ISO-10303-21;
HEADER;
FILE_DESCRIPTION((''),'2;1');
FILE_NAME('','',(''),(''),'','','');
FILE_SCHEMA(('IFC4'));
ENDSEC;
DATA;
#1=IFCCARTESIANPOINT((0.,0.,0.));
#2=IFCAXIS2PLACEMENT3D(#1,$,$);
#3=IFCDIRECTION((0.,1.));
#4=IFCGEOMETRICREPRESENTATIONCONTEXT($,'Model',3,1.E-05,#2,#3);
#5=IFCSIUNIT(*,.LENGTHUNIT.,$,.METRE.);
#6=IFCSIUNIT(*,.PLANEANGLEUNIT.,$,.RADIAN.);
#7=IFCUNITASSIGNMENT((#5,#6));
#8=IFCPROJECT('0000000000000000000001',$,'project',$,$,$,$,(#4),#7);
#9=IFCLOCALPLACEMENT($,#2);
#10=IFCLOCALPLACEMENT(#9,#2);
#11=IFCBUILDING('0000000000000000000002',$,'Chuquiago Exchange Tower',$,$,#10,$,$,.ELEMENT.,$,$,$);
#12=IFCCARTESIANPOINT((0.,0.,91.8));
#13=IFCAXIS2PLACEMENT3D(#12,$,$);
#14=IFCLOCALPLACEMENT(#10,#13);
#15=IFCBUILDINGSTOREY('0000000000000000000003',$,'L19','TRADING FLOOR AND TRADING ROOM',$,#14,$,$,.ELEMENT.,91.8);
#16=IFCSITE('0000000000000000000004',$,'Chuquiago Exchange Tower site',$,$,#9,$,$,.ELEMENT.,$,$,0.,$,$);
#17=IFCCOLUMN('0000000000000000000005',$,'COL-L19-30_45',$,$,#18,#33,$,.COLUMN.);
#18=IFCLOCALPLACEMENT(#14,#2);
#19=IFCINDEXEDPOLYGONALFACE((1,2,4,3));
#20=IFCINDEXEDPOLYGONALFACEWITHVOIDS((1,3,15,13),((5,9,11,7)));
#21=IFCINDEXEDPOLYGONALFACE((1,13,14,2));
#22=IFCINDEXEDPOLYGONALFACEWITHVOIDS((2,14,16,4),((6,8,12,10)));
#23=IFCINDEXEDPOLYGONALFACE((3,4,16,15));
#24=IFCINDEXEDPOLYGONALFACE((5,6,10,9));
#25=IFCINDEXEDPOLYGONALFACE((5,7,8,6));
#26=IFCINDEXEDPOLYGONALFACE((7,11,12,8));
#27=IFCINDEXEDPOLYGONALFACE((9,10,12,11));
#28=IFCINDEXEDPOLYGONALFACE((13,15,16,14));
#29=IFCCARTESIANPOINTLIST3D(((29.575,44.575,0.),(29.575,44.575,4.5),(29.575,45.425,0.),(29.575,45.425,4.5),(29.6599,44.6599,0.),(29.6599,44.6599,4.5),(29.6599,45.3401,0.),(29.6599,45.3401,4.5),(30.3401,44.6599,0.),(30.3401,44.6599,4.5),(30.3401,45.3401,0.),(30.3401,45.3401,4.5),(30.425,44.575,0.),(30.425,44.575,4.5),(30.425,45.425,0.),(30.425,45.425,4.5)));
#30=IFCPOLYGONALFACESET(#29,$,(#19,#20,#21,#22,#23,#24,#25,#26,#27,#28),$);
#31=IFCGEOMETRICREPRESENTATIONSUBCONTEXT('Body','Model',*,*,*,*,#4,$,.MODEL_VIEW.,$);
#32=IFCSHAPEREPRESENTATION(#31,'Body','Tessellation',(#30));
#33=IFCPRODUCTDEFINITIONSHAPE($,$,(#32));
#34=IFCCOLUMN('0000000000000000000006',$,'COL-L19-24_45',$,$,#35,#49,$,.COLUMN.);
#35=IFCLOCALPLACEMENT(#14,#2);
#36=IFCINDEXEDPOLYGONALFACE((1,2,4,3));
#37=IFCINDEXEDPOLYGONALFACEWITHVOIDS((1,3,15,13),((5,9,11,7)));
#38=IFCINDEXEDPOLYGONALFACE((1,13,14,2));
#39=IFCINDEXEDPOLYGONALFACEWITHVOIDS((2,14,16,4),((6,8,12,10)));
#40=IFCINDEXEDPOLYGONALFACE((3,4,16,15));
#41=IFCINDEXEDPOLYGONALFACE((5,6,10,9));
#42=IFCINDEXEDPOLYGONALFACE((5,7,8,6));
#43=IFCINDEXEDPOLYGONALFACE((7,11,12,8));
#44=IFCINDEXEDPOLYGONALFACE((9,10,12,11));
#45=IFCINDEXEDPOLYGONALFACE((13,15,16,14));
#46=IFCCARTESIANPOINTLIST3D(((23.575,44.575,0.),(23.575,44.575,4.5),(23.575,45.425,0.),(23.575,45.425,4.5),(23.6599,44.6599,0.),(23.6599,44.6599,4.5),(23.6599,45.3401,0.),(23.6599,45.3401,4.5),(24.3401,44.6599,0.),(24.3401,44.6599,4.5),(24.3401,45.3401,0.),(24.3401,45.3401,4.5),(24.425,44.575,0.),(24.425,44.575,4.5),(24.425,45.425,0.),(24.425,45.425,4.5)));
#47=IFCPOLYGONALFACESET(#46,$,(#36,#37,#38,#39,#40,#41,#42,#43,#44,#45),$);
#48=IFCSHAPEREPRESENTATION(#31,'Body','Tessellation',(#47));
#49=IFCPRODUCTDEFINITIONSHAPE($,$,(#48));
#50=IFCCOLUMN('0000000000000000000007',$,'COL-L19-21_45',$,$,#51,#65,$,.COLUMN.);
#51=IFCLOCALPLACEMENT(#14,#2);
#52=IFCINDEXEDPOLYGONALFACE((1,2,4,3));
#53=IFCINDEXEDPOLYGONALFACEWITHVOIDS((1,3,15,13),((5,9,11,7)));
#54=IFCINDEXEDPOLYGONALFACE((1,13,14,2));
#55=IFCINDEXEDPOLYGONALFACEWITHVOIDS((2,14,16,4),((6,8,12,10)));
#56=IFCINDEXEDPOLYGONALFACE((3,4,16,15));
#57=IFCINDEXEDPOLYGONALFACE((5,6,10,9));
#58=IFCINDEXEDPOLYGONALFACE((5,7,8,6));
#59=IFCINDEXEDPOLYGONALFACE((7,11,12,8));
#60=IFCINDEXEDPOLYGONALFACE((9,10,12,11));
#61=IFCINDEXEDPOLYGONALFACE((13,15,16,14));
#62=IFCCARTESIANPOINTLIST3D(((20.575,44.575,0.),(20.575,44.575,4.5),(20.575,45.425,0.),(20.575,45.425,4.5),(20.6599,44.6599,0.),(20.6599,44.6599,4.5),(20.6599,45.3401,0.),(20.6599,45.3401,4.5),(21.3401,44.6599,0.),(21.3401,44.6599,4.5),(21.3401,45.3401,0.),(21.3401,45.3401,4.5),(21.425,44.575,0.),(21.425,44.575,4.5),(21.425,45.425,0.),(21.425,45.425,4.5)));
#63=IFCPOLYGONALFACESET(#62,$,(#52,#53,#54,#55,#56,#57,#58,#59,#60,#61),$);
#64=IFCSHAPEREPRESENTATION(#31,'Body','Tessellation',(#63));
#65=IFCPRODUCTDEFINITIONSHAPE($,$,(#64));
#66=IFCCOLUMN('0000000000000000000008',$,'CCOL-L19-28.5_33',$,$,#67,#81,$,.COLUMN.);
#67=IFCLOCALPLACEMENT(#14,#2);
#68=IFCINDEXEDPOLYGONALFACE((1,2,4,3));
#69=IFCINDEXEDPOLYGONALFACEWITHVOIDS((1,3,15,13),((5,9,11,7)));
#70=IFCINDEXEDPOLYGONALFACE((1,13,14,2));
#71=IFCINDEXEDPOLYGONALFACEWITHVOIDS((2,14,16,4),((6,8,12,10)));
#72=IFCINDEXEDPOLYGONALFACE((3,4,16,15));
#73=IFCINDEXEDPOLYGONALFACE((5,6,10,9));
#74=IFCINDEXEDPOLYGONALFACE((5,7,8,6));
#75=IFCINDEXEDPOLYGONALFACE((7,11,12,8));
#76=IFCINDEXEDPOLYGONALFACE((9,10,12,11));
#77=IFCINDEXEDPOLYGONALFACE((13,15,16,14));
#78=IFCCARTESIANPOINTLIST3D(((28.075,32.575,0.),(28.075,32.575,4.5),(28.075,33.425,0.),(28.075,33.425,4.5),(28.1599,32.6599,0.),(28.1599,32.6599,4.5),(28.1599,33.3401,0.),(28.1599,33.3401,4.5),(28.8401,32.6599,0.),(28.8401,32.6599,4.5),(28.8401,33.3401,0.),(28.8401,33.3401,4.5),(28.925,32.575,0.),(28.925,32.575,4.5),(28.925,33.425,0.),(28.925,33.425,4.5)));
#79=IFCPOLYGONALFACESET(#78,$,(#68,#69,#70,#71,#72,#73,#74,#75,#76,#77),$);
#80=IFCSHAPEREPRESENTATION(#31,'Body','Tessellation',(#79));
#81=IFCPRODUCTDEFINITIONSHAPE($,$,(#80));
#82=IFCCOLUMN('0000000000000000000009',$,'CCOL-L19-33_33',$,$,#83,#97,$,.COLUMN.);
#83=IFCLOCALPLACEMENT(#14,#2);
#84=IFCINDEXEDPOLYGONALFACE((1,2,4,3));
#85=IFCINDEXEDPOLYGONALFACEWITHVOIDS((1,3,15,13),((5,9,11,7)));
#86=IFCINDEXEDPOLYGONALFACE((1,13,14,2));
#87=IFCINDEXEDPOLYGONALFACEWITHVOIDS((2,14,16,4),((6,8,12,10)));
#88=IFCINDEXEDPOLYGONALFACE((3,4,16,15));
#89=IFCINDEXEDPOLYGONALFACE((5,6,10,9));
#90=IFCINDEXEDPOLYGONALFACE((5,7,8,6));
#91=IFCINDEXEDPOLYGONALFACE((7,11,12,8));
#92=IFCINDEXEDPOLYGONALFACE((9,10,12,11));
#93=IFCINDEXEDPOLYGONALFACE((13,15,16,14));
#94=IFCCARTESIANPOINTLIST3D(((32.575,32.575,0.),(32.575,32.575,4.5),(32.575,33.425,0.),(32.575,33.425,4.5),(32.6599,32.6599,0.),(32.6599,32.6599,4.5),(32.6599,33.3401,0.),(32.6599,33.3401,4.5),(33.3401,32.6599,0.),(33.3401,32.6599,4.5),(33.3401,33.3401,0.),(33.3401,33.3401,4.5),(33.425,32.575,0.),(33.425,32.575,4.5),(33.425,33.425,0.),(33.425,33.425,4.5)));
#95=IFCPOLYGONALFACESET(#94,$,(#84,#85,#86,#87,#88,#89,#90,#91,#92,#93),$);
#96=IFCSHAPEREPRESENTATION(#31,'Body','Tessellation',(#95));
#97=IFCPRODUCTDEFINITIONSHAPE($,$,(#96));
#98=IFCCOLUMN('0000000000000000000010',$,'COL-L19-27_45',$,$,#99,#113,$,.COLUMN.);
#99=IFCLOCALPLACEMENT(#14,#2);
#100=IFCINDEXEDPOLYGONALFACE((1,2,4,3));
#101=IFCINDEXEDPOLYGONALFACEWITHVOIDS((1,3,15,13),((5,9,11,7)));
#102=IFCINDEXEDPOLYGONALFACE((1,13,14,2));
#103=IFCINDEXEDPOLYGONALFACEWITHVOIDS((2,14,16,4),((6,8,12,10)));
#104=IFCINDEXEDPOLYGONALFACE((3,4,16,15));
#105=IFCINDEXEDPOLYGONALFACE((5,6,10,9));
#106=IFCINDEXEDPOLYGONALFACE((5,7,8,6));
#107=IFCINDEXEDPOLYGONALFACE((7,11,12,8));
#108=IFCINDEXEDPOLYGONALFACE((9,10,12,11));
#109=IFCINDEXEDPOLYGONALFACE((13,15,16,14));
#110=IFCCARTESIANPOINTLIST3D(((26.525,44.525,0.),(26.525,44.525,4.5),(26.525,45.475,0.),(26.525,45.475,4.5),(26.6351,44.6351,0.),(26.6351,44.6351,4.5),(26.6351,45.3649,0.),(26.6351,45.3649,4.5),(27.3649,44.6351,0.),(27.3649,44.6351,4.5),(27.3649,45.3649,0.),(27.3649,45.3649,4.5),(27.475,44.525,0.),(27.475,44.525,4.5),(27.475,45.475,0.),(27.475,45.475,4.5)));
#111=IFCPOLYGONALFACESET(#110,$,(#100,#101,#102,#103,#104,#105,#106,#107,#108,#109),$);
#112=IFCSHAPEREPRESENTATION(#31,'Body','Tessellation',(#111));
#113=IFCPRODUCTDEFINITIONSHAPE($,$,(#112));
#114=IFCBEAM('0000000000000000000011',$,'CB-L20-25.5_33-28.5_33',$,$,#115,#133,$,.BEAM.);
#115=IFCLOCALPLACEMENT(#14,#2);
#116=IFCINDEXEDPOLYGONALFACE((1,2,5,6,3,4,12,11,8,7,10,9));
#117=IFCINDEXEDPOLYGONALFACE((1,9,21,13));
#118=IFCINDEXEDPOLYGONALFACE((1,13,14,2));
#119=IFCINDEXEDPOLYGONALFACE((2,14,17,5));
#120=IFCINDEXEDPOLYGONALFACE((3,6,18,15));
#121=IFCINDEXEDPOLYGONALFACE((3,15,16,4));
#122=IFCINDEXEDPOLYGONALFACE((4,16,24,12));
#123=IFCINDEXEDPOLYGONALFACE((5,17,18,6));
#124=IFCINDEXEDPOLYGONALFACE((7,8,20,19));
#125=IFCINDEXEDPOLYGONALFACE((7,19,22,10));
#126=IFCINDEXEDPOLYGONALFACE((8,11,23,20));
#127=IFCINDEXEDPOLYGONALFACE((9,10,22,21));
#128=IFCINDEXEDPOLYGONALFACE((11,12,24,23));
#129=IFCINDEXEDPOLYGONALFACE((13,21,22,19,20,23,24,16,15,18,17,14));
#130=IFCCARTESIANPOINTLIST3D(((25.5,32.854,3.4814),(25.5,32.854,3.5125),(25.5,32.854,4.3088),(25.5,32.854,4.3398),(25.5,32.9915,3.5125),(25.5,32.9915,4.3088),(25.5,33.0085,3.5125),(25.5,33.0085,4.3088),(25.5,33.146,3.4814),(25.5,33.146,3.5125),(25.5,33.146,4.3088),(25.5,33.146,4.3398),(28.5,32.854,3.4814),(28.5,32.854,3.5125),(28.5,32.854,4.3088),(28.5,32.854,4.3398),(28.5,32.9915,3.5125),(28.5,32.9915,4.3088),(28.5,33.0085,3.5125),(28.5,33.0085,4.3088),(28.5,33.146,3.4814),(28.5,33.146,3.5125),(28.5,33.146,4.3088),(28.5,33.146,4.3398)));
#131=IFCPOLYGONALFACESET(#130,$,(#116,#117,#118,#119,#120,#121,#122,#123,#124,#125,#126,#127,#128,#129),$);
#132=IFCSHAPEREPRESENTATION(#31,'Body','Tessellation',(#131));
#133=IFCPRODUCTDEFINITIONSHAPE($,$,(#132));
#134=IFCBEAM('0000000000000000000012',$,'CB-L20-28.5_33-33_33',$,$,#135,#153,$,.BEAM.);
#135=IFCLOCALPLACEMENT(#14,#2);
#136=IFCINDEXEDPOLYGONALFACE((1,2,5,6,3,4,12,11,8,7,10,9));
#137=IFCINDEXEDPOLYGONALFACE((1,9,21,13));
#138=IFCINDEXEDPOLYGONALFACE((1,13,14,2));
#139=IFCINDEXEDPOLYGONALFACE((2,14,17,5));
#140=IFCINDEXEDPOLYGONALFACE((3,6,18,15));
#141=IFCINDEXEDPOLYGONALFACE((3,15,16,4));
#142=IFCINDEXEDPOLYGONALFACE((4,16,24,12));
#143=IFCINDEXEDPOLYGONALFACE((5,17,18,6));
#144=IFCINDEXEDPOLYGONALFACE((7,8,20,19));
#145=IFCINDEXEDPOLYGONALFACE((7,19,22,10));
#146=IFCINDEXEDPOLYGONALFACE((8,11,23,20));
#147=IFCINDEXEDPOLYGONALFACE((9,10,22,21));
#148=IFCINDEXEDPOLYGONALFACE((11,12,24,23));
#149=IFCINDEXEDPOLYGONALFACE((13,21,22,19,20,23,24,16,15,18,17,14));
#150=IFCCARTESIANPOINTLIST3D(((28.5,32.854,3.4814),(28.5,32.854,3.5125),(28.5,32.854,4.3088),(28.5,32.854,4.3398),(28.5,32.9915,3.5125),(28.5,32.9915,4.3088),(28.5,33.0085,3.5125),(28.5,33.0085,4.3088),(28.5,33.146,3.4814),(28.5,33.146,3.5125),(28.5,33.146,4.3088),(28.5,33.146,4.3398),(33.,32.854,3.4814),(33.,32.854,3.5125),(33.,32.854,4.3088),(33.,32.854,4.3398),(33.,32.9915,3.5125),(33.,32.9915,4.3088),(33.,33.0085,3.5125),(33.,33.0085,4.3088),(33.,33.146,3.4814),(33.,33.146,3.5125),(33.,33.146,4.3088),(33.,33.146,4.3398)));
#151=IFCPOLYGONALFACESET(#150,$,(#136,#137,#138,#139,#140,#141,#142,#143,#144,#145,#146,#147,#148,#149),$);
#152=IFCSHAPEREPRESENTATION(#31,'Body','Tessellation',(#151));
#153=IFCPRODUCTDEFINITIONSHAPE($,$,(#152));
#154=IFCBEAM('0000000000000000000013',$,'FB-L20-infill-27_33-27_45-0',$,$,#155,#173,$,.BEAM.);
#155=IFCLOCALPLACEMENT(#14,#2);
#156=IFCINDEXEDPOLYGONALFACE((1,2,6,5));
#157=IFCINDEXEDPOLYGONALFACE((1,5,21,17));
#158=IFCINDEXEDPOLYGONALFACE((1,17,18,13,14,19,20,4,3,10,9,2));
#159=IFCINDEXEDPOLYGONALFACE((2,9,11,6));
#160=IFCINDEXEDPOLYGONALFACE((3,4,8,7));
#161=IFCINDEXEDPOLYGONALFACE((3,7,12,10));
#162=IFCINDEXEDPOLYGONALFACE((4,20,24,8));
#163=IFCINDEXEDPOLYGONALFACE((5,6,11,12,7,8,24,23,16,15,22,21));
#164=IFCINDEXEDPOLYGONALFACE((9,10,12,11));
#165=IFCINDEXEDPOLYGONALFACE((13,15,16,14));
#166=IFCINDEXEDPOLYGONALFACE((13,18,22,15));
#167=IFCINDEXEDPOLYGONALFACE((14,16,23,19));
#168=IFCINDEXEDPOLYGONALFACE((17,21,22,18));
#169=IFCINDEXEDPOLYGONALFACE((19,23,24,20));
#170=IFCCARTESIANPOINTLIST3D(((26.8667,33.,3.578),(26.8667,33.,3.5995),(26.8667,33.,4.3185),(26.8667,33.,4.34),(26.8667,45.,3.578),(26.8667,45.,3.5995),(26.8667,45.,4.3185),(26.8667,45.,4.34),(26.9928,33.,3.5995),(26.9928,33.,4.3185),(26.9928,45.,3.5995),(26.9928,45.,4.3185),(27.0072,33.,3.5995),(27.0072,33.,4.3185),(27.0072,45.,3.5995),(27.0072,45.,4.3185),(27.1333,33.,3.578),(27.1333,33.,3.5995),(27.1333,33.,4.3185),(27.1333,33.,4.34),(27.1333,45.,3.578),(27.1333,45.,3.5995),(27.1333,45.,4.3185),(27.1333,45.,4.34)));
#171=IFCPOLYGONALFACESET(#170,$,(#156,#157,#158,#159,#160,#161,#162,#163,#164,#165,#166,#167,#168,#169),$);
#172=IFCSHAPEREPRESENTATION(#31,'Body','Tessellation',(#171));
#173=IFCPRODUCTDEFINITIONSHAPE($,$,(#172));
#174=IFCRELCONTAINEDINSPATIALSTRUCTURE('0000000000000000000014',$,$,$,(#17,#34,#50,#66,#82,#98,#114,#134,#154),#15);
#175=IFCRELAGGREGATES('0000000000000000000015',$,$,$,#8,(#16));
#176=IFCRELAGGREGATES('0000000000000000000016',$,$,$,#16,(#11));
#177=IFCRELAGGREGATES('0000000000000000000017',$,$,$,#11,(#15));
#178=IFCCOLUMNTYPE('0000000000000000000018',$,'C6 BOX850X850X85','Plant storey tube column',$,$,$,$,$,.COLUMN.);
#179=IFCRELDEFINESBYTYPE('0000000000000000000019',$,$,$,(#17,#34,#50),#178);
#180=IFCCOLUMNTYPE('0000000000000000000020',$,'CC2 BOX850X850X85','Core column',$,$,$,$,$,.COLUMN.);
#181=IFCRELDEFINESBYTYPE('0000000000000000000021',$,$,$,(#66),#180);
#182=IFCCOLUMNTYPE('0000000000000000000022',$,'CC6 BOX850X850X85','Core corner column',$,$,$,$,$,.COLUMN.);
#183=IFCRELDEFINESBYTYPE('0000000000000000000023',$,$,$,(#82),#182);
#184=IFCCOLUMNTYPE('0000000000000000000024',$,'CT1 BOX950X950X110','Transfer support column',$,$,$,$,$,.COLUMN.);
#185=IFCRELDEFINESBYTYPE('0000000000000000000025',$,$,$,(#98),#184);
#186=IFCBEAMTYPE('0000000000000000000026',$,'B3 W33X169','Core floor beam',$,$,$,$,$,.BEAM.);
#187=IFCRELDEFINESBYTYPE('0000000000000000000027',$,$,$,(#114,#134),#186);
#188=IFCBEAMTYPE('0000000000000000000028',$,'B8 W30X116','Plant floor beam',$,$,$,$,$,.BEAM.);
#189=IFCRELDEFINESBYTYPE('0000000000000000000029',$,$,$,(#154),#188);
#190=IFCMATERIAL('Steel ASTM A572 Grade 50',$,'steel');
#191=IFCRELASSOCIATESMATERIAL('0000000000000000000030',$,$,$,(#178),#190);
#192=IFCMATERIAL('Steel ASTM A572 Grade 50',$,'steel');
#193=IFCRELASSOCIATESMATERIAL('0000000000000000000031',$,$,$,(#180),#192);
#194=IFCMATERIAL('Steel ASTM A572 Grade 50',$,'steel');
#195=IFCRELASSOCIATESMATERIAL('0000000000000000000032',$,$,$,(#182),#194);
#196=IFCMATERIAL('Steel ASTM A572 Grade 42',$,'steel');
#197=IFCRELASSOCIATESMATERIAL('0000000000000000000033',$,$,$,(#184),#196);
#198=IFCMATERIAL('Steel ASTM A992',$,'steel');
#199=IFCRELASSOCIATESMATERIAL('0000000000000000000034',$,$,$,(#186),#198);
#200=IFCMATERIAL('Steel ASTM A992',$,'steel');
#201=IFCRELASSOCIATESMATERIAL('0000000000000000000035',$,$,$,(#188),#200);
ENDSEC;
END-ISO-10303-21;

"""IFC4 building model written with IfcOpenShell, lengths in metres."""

from ifc_helpers import new_model, si_unit, direction, frame, origin, origin_2d, place, context, subcontext, project, spatial, hollow_rectangle, i_section, extrude, material, material_profile, profile_set, type_object, element, save


model = new_model("IFC4")

# Units and contexts
model_context = context("Model", 3, precision=1e-05, world=origin(), true_north=direction((0.0, 1.0)))
body_context = subcontext(model_context, "Body", "Model", "MODEL_VIEW")
ifc_project = project(units=[si_unit("LENGTHUNIT", "METRE"), si_unit("PLANEANGLEUNIT", "RADIAN")], contexts=[model_context])

# Site, building, storey
site_placement = place(None, origin())
site = spatial("IfcSite", under=ifc_project, at=site_placement, Name="Chuquiago Exchange Tower site", CompositionType="ELEMENT", RefElevation=0.0)
building_placement = place(site_placement, origin())
building = spatial("IfcBuilding", under=site, at=building_placement, Name="Chuquiago Exchange Tower", CompositionType="ELEMENT")
storey_placement = place(building_placement, frame((0.0, 0.0, 91.8)))
storey = spatial("IfcBuildingStorey", under=building, at=storey_placement, Name="L19", Description="TRADING FLOOR AND TRADING ROOM", CompositionType="ELEMENT", Elevation=91.8)

# Columns
ifc_material_1 = material(Name="Steel ASTM A572 Grade 50", Category="steel")
ifc_material_profile_1 = material_profile(ifc_material_1, hollow_rectangle(XDim=0.8501, YDim=0.8501, WallThickness=0.085, at=origin_2d()), Name="BOX850X850X85")
ifc_profile_set_1 = profile_set([ifc_material_profile_1], Name="Steel ASTM A572 Grade 50")
column_type_1 = type_object("IfcColumnType", Name="C6 BOX850X850X85", Description="Plant storey tube column", PredefinedType="COLUMN", material=ifc_profile_set_1)
for number, where, z_axis, x_axis, name in (
    (1, (30.0, 45.0, 0.0), (0.0, 0.0, 1.0), (0.0, 1.0, 0.0), "COL-L19-30_45"),
    (2, (24.0, 45.0, 0.0), (0.0, 0.0, 1.0), (0.0, 1.0, 0.0), "COL-L19-24_45"),
    (3, (21.0, 45.0, 0.0), (0.0, 0.0, 1.0), (0.0, 1.0, 0.0), "COL-L19-21_45"),
):
    element("IfcColumn", number, at=place(storey_placement, frame(where, z_axis=z_axis, x_axis=x_axis)), inside=storey, type_object=column_type_1, Name=name, PredefinedType="COLUMN", context=body_context, shape_type="SweptSolid", body=[
        extrude(hollow_rectangle(XDim=0.8501, YDim=0.8501, WallThickness=0.085, at=origin_2d()), origin(), (0.0, 0.0, 1.0), 4.5),
    ])
ifc_material_2 = material(Name="Steel ASTM A572 Grade 50", Category="steel")
ifc_material_profile_2 = material_profile(ifc_material_2, hollow_rectangle(XDim=0.8501, YDim=0.8501, WallThickness=0.085, at=origin_2d()), Name="BOX850X850X85")
ifc_profile_set_2 = profile_set([ifc_material_profile_2], Name="Steel ASTM A572 Grade 50")
column_type_2 = type_object("IfcColumnType", Name="CC2 BOX850X850X85", Description="Core column", PredefinedType="COLUMN", material=ifc_profile_set_2)
column_1_placement = place(storey_placement, frame((28.5, 33.0, 0.0), z_axis=(0.0, 0.0, 1.0), x_axis=(1.0, 0.0, 0.0)))
element("IfcColumn", 4, at=column_1_placement, inside=storey, type_object=column_type_2, Name="CCOL-L19-28.5_33", PredefinedType="COLUMN", context=body_context, shape_type="SweptSolid", body=[
    extrude(hollow_rectangle(XDim=0.8501, YDim=0.8501, WallThickness=0.085, at=origin_2d()), origin(), (0.0, 0.0, 1.0), 4.5),
])
ifc_material_3 = material(Name="Steel ASTM A572 Grade 50", Category="steel")
ifc_material_profile_3 = material_profile(ifc_material_3, hollow_rectangle(XDim=0.8501, YDim=0.8501, WallThickness=0.085, at=origin_2d()), Name="BOX850X850X85")
ifc_profile_set_3 = profile_set([ifc_material_profile_3], Name="Steel ASTM A572 Grade 50")
column_type_3 = type_object("IfcColumnType", Name="CC6 BOX850X850X85", Description="Core corner column", PredefinedType="COLUMN", material=ifc_profile_set_3)
column_2_placement = place(storey_placement, frame((33.0, 33.0, 0.0), z_axis=(0.0, 0.0, 1.0), x_axis=(1.0, 0.0, 0.0)))
element("IfcColumn", 5, at=column_2_placement, inside=storey, type_object=column_type_3, Name="CCOL-L19-33_33", PredefinedType="COLUMN", context=body_context, shape_type="SweptSolid", body=[
    extrude(hollow_rectangle(XDim=0.8501, YDim=0.8501, WallThickness=0.085, at=origin_2d()), origin(), (0.0, 0.0, 1.0), 4.5),
])
ifc_material_4 = material(Name="Steel ASTM A572 Grade 42", Category="steel")
ifc_material_profile_4 = material_profile(ifc_material_4, hollow_rectangle(XDim=0.95, YDim=0.95, WallThickness=0.1101, at=origin_2d()), Name="BOX950X950X110")
ifc_profile_set_4 = profile_set([ifc_material_profile_4], Name="Steel ASTM A572 Grade 42")
column_type_4 = type_object("IfcColumnType", Name="CT1 BOX950X950X110", Description="Transfer support column", PredefinedType="COLUMN", material=ifc_profile_set_4)
column_3_placement = place(storey_placement, frame((27.0, 45.0, 0.0), z_axis=(0.0, 0.0, 1.0), x_axis=(0.0, 1.0, 0.0)))
element("IfcColumn", 6, at=column_3_placement, inside=storey, type_object=column_type_4, Name="COL-L19-27_45", PredefinedType="COLUMN", context=body_context, shape_type="SweptSolid", body=[
    extrude(hollow_rectangle(XDim=0.95, YDim=0.95, WallThickness=0.1101, at=origin_2d()), origin(), (0.0, 0.0, 1.0), 4.5),
])

# Beams
ifc_material_5 = material(Name="Steel ASTM A992", Category="steel")
ifc_material_profile_5 = material_profile(ifc_material_5, i_section(OverallWidth=0.292, OverallDepth=0.8584, WebThickness=0.0171, FlangeThickness=0.031, at=origin_2d()), Name="W33X169")
ifc_profile_set_5 = profile_set([ifc_material_profile_5], Name="Steel ASTM A992")
beam_type_1 = type_object("IfcBeamType", Name="B3 W33X169", Description="Core floor beam", PredefinedType="BEAM", material=ifc_profile_set_5)
beam_1_placement = place(storey_placement, frame((25.5, 33.0, 3.9106), z_axis=(1.0, 0.0, 0.0), x_axis=(0.0, 1.0, 0.0)))
element("IfcBeam", 7, at=beam_1_placement, inside=storey, type_object=beam_type_1, Name="CB-L20-25.5_33-28.5_33", PredefinedType="BEAM", context=body_context, shape_type="SweptSolid", body=[
    extrude(i_section(OverallWidth=0.292, OverallDepth=0.8584, WebThickness=0.0171, FlangeThickness=0.031, at=origin_2d()), origin(), (0.0, 0.0, 1.0), 3.0),
])
beam_2_placement = place(storey_placement, frame((28.5, 33.0, 3.9106), z_axis=(1.0, 0.0, 0.0), x_axis=(0.0, 1.0, 0.0)))
element("IfcBeam", 8, at=beam_2_placement, inside=storey, type_object=beam_type_1, Name="CB-L20-28.5_33-33_33", PredefinedType="BEAM", context=body_context, shape_type="SweptSolid", body=[
    extrude(i_section(OverallWidth=0.292, OverallDepth=0.8584, WebThickness=0.0171, FlangeThickness=0.031, at=origin_2d()), origin(), (0.0, 0.0, 1.0), 4.5),
])
ifc_material_6 = material(Name="Steel ASTM A992", Category="steel")
ifc_material_profile_6 = material_profile(ifc_material_6, i_section(OverallWidth=0.2666, OverallDepth=0.762, WebThickness=0.0144, FlangeThickness=0.0215, at=origin_2d()), Name="W30X116")
ifc_profile_set_6 = profile_set([ifc_material_profile_6], Name="Steel ASTM A992")
beam_type_2 = type_object("IfcBeamType", Name="B8 W30X116", Description="Plant floor beam", PredefinedType="BEAM", material=ifc_profile_set_6)
beam_3_placement = place(storey_placement, frame((27.0, 33.0, 3.959), z_axis=(0.0, 1.0, 0.0), x_axis=(-1.0, 0.0, 0.0)))
element("IfcBeam", 9, at=beam_3_placement, inside=storey, type_object=beam_type_2, Name="FB-L20-infill-27_33-27_45-0", PredefinedType="BEAM", context=body_context, shape_type="SweptSolid", body=[
    extrude(i_section(OverallWidth=0.2666, OverallDepth=0.762, WebThickness=0.0144, FlangeThickness=0.0215, at=origin_2d()), origin(), (0.0, 0.0, 1.0), 12.0),
])

save(model, "model.ifc")
